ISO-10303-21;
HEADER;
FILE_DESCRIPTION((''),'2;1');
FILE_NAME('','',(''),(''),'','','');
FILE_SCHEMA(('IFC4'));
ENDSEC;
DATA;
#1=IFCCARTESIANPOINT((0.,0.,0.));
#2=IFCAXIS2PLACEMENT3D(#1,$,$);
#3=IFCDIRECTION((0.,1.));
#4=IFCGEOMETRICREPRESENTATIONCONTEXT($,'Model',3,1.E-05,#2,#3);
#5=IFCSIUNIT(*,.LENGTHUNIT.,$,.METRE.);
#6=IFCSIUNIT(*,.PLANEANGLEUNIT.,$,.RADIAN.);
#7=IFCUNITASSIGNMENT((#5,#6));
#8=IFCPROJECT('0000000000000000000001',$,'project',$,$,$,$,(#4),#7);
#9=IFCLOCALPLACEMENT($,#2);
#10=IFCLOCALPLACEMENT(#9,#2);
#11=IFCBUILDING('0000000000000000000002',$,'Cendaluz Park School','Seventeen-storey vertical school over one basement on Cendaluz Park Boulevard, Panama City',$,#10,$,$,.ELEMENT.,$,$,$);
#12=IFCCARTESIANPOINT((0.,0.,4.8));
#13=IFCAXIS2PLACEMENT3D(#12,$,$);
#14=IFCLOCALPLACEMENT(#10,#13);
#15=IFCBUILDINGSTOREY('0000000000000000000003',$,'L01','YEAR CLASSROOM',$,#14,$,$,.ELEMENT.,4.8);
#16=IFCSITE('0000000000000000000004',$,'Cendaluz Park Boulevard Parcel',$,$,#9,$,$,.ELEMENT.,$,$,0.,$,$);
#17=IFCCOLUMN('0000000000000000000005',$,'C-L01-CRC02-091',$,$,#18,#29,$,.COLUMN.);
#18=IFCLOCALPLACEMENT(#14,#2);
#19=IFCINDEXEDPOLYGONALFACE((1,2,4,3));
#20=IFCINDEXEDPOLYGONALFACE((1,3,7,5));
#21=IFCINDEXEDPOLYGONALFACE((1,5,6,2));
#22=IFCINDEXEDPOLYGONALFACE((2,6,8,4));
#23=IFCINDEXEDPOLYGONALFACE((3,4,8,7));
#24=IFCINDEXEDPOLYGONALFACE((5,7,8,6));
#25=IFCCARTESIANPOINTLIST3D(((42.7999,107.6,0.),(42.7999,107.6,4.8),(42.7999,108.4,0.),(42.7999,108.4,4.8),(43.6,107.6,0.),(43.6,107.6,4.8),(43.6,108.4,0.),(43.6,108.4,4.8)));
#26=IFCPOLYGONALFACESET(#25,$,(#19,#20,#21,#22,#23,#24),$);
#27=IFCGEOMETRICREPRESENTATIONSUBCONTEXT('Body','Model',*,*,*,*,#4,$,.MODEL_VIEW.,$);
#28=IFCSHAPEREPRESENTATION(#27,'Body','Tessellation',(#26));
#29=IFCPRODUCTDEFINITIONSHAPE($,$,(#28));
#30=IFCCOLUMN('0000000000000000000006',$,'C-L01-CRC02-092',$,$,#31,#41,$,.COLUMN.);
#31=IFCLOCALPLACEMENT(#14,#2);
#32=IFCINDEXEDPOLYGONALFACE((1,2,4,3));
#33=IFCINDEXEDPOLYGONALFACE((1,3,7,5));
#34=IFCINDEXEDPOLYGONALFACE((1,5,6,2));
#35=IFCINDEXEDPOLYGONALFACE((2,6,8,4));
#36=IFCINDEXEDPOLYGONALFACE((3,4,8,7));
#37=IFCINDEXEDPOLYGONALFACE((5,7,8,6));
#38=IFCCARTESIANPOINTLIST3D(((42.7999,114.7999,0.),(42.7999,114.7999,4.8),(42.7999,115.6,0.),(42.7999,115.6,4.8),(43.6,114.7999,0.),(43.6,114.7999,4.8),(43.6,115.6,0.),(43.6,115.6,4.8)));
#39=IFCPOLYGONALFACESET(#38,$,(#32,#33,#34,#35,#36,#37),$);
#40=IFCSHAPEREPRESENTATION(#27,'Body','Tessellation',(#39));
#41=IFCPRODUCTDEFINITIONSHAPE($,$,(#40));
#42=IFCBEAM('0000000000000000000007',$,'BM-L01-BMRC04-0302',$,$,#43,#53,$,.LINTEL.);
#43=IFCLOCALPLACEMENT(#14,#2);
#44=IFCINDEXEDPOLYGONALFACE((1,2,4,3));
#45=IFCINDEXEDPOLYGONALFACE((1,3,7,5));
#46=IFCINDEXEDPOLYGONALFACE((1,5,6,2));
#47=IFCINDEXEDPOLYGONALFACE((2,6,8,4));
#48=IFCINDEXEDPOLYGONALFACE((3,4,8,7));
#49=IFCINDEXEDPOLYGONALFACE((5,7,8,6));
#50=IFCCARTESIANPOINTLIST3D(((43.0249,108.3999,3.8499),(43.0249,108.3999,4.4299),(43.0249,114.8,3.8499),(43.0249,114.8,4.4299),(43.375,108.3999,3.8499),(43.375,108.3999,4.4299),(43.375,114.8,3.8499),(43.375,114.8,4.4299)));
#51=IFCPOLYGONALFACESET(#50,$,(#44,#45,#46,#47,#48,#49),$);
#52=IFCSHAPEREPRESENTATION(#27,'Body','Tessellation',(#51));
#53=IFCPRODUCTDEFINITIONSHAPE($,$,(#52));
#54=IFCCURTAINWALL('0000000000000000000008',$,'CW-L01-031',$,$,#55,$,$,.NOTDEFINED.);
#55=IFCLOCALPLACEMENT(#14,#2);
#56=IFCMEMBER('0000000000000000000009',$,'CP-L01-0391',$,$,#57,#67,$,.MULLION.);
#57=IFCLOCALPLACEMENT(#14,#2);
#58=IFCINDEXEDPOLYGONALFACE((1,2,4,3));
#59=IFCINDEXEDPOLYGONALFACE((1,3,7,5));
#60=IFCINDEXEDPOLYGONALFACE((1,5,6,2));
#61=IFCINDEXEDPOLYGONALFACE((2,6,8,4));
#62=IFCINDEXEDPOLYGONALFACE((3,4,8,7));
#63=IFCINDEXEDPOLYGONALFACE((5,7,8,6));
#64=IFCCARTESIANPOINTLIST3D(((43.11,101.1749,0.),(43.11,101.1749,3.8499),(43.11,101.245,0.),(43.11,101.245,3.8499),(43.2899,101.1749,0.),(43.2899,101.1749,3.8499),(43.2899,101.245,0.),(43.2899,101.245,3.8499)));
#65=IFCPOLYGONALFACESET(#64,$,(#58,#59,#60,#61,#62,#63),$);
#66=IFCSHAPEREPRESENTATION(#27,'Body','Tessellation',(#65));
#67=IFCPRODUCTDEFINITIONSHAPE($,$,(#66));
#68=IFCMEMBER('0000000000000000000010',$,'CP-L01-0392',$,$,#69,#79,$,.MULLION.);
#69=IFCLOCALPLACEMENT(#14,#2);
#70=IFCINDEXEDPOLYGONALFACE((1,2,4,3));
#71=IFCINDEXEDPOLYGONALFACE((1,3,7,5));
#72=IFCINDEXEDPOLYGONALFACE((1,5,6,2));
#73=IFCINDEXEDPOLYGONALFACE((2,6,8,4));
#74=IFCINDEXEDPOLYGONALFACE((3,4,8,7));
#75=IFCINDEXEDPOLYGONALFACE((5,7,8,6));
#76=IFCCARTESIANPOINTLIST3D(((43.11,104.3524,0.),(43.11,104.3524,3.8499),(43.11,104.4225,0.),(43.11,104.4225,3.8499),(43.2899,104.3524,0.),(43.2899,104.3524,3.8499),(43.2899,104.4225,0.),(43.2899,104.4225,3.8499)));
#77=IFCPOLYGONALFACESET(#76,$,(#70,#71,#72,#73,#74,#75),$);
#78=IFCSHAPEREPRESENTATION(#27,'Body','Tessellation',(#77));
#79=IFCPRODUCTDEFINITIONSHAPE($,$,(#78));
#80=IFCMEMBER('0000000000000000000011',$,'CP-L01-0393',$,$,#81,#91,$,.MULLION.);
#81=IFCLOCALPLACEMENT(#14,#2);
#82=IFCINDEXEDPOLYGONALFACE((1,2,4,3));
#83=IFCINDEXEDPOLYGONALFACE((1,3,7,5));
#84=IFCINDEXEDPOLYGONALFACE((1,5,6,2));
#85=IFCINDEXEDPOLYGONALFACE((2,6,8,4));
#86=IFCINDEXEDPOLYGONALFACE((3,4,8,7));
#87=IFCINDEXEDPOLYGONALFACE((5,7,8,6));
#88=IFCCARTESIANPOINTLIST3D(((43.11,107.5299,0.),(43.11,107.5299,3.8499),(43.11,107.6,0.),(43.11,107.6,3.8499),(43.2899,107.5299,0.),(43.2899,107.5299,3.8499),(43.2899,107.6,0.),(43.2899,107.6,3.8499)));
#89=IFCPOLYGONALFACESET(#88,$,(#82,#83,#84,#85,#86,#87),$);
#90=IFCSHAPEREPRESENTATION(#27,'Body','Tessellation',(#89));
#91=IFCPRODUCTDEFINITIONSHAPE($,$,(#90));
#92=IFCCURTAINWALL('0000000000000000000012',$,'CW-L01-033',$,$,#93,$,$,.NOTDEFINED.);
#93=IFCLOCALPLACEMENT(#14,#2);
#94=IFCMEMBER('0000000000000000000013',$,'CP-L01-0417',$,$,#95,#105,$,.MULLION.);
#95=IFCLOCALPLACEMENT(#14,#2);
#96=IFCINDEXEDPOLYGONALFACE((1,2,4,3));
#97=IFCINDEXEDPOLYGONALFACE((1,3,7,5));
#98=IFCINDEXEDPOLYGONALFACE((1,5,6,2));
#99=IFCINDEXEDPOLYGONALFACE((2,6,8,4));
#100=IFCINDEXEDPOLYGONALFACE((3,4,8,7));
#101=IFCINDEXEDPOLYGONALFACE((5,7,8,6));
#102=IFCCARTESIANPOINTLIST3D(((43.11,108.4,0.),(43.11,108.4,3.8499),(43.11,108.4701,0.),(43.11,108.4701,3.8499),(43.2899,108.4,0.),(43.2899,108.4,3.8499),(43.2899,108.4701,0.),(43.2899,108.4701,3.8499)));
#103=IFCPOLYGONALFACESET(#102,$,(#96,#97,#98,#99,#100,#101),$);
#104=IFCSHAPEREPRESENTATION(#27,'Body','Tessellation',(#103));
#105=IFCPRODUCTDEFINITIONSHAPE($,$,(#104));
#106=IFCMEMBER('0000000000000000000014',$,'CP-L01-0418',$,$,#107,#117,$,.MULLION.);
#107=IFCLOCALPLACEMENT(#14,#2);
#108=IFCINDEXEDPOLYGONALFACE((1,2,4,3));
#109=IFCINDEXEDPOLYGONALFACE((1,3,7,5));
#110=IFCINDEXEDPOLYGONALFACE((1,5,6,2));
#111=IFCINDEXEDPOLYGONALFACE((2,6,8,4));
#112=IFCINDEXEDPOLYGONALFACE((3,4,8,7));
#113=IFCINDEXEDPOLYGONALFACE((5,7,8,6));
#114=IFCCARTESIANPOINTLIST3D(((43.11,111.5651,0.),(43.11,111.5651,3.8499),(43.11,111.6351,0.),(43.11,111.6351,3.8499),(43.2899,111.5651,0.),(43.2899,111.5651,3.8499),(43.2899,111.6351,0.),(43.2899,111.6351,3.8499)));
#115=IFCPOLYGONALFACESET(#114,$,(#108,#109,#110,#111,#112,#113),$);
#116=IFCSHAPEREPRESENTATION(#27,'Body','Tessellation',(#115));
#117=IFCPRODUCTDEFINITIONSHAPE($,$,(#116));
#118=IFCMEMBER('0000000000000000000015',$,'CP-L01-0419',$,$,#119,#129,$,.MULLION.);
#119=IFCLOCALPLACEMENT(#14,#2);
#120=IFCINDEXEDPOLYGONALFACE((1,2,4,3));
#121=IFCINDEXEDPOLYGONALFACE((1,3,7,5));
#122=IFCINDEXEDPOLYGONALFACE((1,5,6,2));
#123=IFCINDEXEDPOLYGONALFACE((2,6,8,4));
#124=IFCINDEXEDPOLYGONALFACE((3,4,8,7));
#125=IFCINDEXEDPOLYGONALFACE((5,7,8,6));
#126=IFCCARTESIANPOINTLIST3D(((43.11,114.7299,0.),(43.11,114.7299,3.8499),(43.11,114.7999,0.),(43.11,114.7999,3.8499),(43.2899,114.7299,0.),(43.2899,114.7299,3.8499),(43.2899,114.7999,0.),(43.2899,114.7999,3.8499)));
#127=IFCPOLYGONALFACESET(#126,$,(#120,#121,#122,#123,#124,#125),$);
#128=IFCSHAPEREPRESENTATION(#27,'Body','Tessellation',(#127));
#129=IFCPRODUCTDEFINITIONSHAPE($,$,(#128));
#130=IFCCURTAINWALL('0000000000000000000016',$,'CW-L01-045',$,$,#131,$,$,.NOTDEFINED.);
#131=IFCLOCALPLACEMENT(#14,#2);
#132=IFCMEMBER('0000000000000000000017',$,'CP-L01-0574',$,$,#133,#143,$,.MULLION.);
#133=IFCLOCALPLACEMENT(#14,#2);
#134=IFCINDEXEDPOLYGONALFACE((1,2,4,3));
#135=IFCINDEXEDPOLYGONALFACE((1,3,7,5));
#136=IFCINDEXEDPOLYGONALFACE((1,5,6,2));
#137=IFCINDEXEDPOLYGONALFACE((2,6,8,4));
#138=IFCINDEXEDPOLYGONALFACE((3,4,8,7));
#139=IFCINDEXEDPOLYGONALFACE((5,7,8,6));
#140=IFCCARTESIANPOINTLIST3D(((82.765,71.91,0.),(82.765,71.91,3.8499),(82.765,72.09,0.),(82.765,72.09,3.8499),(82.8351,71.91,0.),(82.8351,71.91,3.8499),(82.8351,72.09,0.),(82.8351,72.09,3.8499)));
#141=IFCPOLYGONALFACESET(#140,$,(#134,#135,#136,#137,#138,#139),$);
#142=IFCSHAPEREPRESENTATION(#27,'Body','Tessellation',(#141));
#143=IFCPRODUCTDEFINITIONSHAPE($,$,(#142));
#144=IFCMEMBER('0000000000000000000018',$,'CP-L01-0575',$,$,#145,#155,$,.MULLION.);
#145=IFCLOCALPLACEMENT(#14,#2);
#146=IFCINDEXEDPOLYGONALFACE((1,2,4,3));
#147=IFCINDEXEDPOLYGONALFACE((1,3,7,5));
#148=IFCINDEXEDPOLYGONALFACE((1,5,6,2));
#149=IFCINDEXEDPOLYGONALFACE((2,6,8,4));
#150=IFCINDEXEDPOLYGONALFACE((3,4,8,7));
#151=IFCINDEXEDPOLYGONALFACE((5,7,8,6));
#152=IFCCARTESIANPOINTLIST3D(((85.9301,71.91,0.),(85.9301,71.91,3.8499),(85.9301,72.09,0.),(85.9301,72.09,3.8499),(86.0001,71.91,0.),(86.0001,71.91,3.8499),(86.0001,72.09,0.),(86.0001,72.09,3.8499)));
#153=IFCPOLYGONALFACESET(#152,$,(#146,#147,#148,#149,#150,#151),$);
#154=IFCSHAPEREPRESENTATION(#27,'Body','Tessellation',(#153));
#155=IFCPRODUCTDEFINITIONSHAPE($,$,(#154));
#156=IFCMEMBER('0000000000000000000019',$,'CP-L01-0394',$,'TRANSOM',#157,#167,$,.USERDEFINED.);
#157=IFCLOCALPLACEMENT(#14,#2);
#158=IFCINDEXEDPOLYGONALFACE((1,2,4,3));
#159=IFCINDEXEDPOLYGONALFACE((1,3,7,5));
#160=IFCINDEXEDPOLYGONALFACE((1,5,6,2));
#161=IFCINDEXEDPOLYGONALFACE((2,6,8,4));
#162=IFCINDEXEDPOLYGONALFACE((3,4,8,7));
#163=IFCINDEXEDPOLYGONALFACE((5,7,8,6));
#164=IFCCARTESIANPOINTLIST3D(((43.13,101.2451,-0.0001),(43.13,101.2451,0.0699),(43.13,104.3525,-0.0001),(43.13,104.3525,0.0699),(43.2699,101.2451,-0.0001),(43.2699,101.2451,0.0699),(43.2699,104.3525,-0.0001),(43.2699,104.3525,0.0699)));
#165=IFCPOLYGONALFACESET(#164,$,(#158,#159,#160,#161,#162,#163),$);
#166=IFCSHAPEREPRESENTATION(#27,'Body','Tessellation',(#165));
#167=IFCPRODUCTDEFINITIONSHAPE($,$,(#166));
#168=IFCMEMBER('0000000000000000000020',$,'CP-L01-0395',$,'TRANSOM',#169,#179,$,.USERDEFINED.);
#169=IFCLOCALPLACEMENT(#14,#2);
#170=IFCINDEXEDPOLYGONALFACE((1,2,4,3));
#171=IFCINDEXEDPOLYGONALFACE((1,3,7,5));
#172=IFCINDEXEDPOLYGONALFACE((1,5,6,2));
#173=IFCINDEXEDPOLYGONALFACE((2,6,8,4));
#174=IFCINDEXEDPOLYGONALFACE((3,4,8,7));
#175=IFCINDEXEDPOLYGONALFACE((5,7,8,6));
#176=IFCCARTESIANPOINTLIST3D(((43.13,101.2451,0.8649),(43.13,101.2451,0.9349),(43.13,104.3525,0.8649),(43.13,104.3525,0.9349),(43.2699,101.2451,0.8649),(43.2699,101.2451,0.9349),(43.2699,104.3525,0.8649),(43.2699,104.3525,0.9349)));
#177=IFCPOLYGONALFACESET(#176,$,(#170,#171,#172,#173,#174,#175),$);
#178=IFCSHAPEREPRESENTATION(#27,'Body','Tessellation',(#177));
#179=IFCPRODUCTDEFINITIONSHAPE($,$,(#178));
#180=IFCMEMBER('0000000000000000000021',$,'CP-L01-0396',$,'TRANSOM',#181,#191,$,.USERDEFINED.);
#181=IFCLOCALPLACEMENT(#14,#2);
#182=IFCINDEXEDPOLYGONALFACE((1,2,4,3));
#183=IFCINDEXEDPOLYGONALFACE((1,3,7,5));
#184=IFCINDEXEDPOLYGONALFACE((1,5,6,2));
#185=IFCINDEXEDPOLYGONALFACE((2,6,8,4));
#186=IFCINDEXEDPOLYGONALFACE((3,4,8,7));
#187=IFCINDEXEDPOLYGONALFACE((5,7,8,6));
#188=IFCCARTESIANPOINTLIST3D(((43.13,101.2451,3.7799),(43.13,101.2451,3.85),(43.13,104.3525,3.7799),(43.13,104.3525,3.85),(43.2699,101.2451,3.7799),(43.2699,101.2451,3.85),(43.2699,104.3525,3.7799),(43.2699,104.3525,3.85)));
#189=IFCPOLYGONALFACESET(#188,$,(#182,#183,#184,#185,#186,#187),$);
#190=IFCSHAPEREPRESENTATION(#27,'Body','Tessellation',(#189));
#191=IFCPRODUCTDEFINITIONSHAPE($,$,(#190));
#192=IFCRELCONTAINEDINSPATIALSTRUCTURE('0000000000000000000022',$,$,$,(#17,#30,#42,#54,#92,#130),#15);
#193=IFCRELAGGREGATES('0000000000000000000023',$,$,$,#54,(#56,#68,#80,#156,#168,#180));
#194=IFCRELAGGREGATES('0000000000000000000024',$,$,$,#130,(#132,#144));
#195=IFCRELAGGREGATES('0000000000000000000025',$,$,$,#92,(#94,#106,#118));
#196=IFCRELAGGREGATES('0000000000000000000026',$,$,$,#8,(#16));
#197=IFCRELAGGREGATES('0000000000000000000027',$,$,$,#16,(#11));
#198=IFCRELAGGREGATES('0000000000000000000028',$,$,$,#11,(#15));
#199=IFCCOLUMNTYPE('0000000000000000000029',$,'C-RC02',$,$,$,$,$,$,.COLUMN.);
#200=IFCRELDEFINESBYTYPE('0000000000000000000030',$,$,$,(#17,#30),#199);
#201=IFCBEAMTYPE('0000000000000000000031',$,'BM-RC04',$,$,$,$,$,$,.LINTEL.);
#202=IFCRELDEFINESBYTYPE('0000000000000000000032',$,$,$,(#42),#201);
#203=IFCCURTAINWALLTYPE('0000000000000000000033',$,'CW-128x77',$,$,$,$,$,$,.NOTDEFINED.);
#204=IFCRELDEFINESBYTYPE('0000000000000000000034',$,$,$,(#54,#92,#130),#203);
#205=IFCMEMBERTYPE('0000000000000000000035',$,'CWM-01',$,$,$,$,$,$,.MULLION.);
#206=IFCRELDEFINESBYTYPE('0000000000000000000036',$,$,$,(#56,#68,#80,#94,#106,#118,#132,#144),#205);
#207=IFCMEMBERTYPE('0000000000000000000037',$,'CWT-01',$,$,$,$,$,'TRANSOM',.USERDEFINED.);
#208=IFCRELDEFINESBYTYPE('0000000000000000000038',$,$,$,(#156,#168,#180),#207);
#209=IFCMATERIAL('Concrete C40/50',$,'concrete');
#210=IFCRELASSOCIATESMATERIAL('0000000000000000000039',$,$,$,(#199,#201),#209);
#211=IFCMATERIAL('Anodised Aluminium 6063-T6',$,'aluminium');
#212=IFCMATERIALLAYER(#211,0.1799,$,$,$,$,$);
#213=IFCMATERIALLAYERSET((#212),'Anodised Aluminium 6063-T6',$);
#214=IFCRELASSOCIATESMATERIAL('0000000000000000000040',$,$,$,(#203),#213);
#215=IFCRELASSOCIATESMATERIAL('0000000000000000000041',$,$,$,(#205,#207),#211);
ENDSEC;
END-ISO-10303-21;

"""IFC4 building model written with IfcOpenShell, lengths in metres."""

from ifc_helpers import new_model, si_unit, direction, frame, origin, origin_2d, place, context, subcontext, project, spatial, rectangle, extrude, material, layer, layer_set, material_profile, profile_set, type_object, element, aggregate, save


model = new_model("IFC4")

# Units and contexts
model_context = context("Model", 3, precision=1e-05, world=origin(), true_north=direction((0.0, 1.0)))
body_context = subcontext(model_context, "Body", "Model", "MODEL_VIEW")
ifc_project = project(units=[si_unit("LENGTHUNIT", "METRE"), si_unit("PLANEANGLEUNIT", "RADIAN")], contexts=[model_context])

# Site, building, storey
site_placement = place(None, origin())
site = spatial("IfcSite", under=ifc_project, at=site_placement, Name="Cendaluz Park Boulevard Parcel", CompositionType="ELEMENT", RefElevation=0.0)
building_placement = place(site_placement, origin())
building = spatial("IfcBuilding", under=site, at=building_placement, Name="Cendaluz Park School", Description="Seventeen-storey vertical school over one basement on Cendaluz Park Boulevard, Panama City", CompositionType="ELEMENT")
storey_placement = place(building_placement, frame((0.0, 0.0, 4.8)))
storey = spatial("IfcBuildingStorey", under=building, at=storey_placement, Name="L01", Description="YEAR CLASSROOM", CompositionType="ELEMENT", Elevation=4.8)

# Columns
ifc_material_1 = material(Name="Concrete C40/50", Category="concrete")
ifc_material_profile_1 = material_profile(ifc_material_1, rectangle(XDim=0.8, YDim=0.8, at=origin_2d()), Name="RC 800x800", Category="concrete")
ifc_profile_set_1 = profile_set([ifc_material_profile_1], Name="Concrete C40/50")
column_type = type_object("IfcColumnType", Name="C-RC02", PredefinedType="COLUMN", material=ifc_profile_set_1)
for number, where, z_axis, x_axis, name in (
    (1, (43.2, 108.0, 0.0), (0.0, 0.0, 1.0), (1.0, 0.0, 0.0), "C-L01-CRC02-091"),
    (2, (43.2, 115.2, 0.0), (0.0, 0.0, 1.0), (1.0, 0.0, 0.0), "C-L01-CRC02-092"),
):
    element("IfcColumn", number, at=place(storey_placement, frame(where, z_axis=z_axis, x_axis=x_axis)), inside=storey, type_object=column_type, Name=name, PredefinedType="COLUMN", context=body_context, shape_type="SweptSolid", body=[
        extrude(rectangle(XDim=0.8, YDim=0.8, at=origin_2d()), origin(), (0.0, 0.0, 1.0), 4.8),
    ])

# Beam
ifc_material_profile_2 = material_profile(ifc_material_1, rectangle(XDim=0.3501, YDim=0.5801, at=origin_2d()), Name="RC 350x580", Category="concrete")
ifc_profile_set_2 = profile_set([ifc_material_profile_2], Name="Concrete C40/50")
beam_type = type_object("IfcBeamType", Name="BM-RC04", PredefinedType="LINTEL", material=ifc_profile_set_2)
beam_placement = place(storey_placement, frame((43.2, 108.3999, 4.1399), z_axis=(0.0, 1.0, 0.0), x_axis=(-1.0, 0.0, 0.0)))
element("IfcBeam", 3, at=beam_placement, inside=storey, type_object=beam_type, Name="BM-L01-BMRC04-0302", PredefinedType="LINTEL", context=body_context, shape_type="SweptSolid", body=[
    extrude(rectangle(XDim=0.3501, YDim=0.5801, at=origin_2d()), origin(), (0.0, 0.0, 1.0), 6.4001),
])

# Curtain walls, members
ifc_material_2 = material(Name="Anodised Aluminium 6063-T6", Category="aluminium")
ifc_layer_1 = layer(ifc_material_2, 0.1799)
ifc_layer_set_1 = layer_set([ifc_layer_1], Name="Anodised Aluminium 6063-T6")
curtain_wall_type = type_object("IfcCurtainWallType", Name="CW-128x77", PredefinedType="NOTDEFINED", material=ifc_layer_set_1)
curtain_wall_1_placement = place(storey_placement, origin())
curtain_wall_1 = element("IfcCurtainWall", 4, at=curtain_wall_1_placement, inside=storey, type_object=curtain_wall_type, Name="CW-L01-031", PredefinedType="NOTDEFINED")
ifc_material_profile_3 = material_profile(ifc_material_2, rectangle(XDim=0.1799, YDim=0.0701, at=origin_2d()), Name="CWM 180x70", Category="aluminium")
ifc_profile_set_3 = profile_set([ifc_material_profile_3], Name="Anodised Aluminium 6063-T6")
member_type_1 = type_object("IfcMemberType", Name="CWM-01", PredefinedType="MULLION", material=ifc_profile_set_3)
member_1_placement = place(storey_placement, frame((43.2, 101.21, 0.0), z_axis=(0.0, 0.0, 1.0), x_axis=(-1.0, 0.0, 0.0)))
member_1 = element("IfcMember", 5, at=member_1_placement, type_object=member_type_1, Name="CP-L01-0391", PredefinedType="MULLION", context=body_context, shape_type="SweptSolid", body=[
    extrude(rectangle(XDim=0.1799, YDim=0.0701, at=origin_2d()), origin(), (0.0, 0.0, 1.0), 3.8499),
])
member_2_placement = place(storey_placement, frame((43.2, 104.3875, 0.0), z_axis=(0.0, 0.0, 1.0), x_axis=(-1.0, 0.0, 0.0)))
member_2 = element("IfcMember", 6, at=member_2_placement, type_object=member_type_1, Name="CP-L01-0392", PredefinedType="MULLION", context=body_context, shape_type="SweptSolid", body=[
    extrude(rectangle(XDim=0.1799, YDim=0.0701, at=origin_2d()), origin(), (0.0, 0.0, 1.0), 3.8499),
])
member_3_placement = place(storey_placement, frame((43.2, 107.5649, 0.0), z_axis=(0.0, 0.0, 1.0), x_axis=(-1.0, 0.0, 0.0)))
member_3 = element("IfcMember", 7, at=member_3_placement, type_object=member_type_1, Name="CP-L01-0393", PredefinedType="MULLION", context=body_context, shape_type="SweptSolid", body=[
    extrude(rectangle(XDim=0.1799, YDim=0.0701, at=origin_2d()), origin(), (0.0, 0.0, 1.0), 3.8499),
])
curtain_wall_2_placement = place(storey_placement, origin())
curtain_wall_2 = element("IfcCurtainWall", 8, at=curtain_wall_2_placement, inside=storey, type_object=curtain_wall_type, Name="CW-L01-033", PredefinedType="NOTDEFINED")
member_4_placement = place(storey_placement, frame((43.2, 108.4351, 0.0), z_axis=(0.0, 0.0, 1.0), x_axis=(-1.0, 0.0, 0.0)))
member_4 = element("IfcMember", 9, at=member_4_placement, type_object=member_type_1, Name="CP-L01-0417", PredefinedType="MULLION", context=body_context, shape_type="SweptSolid", body=[
    extrude(rectangle(XDim=0.1799, YDim=0.0701, at=origin_2d()), origin(), (0.0, 0.0, 1.0), 3.8499),
])
member_5_placement = place(storey_placement, frame((43.2, 111.6001, 0.0), z_axis=(0.0, 0.0, 1.0), x_axis=(-1.0, 0.0, 0.0)))
member_5 = element("IfcMember", 10, at=member_5_placement, type_object=member_type_1, Name="CP-L01-0418", PredefinedType="MULLION", context=body_context, shape_type="SweptSolid", body=[
    extrude(rectangle(XDim=0.1799, YDim=0.0701, at=origin_2d()), origin(), (0.0, 0.0, 1.0), 3.8499),
])
member_6_placement = place(storey_placement, frame((43.2, 114.7649, 0.0), z_axis=(0.0, 0.0, 1.0), x_axis=(-1.0, 0.0, 0.0)))
member_6 = element("IfcMember", 11, at=member_6_placement, type_object=member_type_1, Name="CP-L01-0419", PredefinedType="MULLION", context=body_context, shape_type="SweptSolid", body=[
    extrude(rectangle(XDim=0.1799, YDim=0.0701, at=origin_2d()), origin(), (0.0, 0.0, 1.0), 3.8499),
])
curtain_wall_3_placement = place(storey_placement, origin())
curtain_wall_3 = element("IfcCurtainWall", 12, at=curtain_wall_3_placement, inside=storey, type_object=curtain_wall_type, Name="CW-L01-045", PredefinedType="NOTDEFINED")
member_7_placement = place(storey_placement, frame((82.8, 72.0, 0.0), z_axis=(0.0, 0.0, 1.0), x_axis=(0.0, 1.0, 0.0)))
member_7 = element("IfcMember", 13, at=member_7_placement, type_object=member_type_1, Name="CP-L01-0574", PredefinedType="MULLION", context=body_context, shape_type="SweptSolid", body=[
    extrude(rectangle(XDim=0.1799, YDim=0.0701, at=origin_2d()), origin(), (0.0, 0.0, 1.0), 3.8499),
])
member_8_placement = place(storey_placement, frame((85.9651, 72.0, 0.0), z_axis=(0.0, 0.0, 1.0), x_axis=(0.0, 1.0, 0.0)))
member_8 = element("IfcMember", 14, at=member_8_placement, type_object=member_type_1, Name="CP-L01-0575", PredefinedType="MULLION", context=body_context, shape_type="SweptSolid", body=[
    extrude(rectangle(XDim=0.1799, YDim=0.0701, at=origin_2d()), origin(), (0.0, 0.0, 1.0), 3.8499),
])

# Members
ifc_material_profile_4 = material_profile(ifc_material_2, rectangle(XDim=0.1399, YDim=0.0701, at=origin_2d()), Name="CWT 140x70", Category="aluminium")
ifc_profile_set_4 = profile_set([ifc_material_profile_4], Name="Anodised Aluminium 6063-T6")
member_type_2 = type_object("IfcMemberType", Name="CWT-01", ElementType="TRANSOM", PredefinedType="USERDEFINED", material=ifc_profile_set_4)
member_9_placement = place(storey_placement, frame((43.2, 101.2451, 0.0349), z_axis=(0.0, 1.0, 0.0), x_axis=(-1.0, 0.0, 0.0)))
member_9 = element("IfcMember", 15, at=member_9_placement, type_object=member_type_2, Name="CP-L01-0394", ObjectType="TRANSOM", PredefinedType="USERDEFINED", context=body_context, shape_type="SweptSolid", body=[
    extrude(rectangle(XDim=0.1399, YDim=0.0701, at=origin_2d()), origin(), (0.0, 0.0, 1.0), 3.1074),
])
member_10_placement = place(storey_placement, frame((43.2, 101.2451, 0.8999), z_axis=(0.0, 1.0, 0.0), x_axis=(-1.0, 0.0, 0.0)))
member_10 = element("IfcMember", 16, at=member_10_placement, type_object=member_type_2, Name="CP-L01-0395", ObjectType="TRANSOM", PredefinedType="USERDEFINED", context=body_context, shape_type="SweptSolid", body=[
    extrude(rectangle(XDim=0.1399, YDim=0.0701, at=origin_2d()), origin(), (0.0, 0.0, 1.0), 3.1074),
])
member_11_placement = place(storey_placement, frame((43.2, 101.2451, 3.8149), z_axis=(0.0, 1.0, 0.0), x_axis=(-1.0, 0.0, 0.0)))
member_11 = element("IfcMember", 17, at=member_11_placement, type_object=member_type_2, Name="CP-L01-0396", ObjectType="TRANSOM", PredefinedType="USERDEFINED", context=body_context, shape_type="SweptSolid", body=[
    extrude(rectangle(XDim=0.1399, YDim=0.0701, at=origin_2d()), origin(), (0.0, 0.0, 1.0), 3.1074),
])

aggregate(curtain_wall_1, [member_1, member_2, member_3, member_9, member_10, member_11])
aggregate(curtain_wall_3, [member_7, member_8])
aggregate(curtain_wall_2, [member_4, member_5, member_6])

save(model, "model.ifc")
